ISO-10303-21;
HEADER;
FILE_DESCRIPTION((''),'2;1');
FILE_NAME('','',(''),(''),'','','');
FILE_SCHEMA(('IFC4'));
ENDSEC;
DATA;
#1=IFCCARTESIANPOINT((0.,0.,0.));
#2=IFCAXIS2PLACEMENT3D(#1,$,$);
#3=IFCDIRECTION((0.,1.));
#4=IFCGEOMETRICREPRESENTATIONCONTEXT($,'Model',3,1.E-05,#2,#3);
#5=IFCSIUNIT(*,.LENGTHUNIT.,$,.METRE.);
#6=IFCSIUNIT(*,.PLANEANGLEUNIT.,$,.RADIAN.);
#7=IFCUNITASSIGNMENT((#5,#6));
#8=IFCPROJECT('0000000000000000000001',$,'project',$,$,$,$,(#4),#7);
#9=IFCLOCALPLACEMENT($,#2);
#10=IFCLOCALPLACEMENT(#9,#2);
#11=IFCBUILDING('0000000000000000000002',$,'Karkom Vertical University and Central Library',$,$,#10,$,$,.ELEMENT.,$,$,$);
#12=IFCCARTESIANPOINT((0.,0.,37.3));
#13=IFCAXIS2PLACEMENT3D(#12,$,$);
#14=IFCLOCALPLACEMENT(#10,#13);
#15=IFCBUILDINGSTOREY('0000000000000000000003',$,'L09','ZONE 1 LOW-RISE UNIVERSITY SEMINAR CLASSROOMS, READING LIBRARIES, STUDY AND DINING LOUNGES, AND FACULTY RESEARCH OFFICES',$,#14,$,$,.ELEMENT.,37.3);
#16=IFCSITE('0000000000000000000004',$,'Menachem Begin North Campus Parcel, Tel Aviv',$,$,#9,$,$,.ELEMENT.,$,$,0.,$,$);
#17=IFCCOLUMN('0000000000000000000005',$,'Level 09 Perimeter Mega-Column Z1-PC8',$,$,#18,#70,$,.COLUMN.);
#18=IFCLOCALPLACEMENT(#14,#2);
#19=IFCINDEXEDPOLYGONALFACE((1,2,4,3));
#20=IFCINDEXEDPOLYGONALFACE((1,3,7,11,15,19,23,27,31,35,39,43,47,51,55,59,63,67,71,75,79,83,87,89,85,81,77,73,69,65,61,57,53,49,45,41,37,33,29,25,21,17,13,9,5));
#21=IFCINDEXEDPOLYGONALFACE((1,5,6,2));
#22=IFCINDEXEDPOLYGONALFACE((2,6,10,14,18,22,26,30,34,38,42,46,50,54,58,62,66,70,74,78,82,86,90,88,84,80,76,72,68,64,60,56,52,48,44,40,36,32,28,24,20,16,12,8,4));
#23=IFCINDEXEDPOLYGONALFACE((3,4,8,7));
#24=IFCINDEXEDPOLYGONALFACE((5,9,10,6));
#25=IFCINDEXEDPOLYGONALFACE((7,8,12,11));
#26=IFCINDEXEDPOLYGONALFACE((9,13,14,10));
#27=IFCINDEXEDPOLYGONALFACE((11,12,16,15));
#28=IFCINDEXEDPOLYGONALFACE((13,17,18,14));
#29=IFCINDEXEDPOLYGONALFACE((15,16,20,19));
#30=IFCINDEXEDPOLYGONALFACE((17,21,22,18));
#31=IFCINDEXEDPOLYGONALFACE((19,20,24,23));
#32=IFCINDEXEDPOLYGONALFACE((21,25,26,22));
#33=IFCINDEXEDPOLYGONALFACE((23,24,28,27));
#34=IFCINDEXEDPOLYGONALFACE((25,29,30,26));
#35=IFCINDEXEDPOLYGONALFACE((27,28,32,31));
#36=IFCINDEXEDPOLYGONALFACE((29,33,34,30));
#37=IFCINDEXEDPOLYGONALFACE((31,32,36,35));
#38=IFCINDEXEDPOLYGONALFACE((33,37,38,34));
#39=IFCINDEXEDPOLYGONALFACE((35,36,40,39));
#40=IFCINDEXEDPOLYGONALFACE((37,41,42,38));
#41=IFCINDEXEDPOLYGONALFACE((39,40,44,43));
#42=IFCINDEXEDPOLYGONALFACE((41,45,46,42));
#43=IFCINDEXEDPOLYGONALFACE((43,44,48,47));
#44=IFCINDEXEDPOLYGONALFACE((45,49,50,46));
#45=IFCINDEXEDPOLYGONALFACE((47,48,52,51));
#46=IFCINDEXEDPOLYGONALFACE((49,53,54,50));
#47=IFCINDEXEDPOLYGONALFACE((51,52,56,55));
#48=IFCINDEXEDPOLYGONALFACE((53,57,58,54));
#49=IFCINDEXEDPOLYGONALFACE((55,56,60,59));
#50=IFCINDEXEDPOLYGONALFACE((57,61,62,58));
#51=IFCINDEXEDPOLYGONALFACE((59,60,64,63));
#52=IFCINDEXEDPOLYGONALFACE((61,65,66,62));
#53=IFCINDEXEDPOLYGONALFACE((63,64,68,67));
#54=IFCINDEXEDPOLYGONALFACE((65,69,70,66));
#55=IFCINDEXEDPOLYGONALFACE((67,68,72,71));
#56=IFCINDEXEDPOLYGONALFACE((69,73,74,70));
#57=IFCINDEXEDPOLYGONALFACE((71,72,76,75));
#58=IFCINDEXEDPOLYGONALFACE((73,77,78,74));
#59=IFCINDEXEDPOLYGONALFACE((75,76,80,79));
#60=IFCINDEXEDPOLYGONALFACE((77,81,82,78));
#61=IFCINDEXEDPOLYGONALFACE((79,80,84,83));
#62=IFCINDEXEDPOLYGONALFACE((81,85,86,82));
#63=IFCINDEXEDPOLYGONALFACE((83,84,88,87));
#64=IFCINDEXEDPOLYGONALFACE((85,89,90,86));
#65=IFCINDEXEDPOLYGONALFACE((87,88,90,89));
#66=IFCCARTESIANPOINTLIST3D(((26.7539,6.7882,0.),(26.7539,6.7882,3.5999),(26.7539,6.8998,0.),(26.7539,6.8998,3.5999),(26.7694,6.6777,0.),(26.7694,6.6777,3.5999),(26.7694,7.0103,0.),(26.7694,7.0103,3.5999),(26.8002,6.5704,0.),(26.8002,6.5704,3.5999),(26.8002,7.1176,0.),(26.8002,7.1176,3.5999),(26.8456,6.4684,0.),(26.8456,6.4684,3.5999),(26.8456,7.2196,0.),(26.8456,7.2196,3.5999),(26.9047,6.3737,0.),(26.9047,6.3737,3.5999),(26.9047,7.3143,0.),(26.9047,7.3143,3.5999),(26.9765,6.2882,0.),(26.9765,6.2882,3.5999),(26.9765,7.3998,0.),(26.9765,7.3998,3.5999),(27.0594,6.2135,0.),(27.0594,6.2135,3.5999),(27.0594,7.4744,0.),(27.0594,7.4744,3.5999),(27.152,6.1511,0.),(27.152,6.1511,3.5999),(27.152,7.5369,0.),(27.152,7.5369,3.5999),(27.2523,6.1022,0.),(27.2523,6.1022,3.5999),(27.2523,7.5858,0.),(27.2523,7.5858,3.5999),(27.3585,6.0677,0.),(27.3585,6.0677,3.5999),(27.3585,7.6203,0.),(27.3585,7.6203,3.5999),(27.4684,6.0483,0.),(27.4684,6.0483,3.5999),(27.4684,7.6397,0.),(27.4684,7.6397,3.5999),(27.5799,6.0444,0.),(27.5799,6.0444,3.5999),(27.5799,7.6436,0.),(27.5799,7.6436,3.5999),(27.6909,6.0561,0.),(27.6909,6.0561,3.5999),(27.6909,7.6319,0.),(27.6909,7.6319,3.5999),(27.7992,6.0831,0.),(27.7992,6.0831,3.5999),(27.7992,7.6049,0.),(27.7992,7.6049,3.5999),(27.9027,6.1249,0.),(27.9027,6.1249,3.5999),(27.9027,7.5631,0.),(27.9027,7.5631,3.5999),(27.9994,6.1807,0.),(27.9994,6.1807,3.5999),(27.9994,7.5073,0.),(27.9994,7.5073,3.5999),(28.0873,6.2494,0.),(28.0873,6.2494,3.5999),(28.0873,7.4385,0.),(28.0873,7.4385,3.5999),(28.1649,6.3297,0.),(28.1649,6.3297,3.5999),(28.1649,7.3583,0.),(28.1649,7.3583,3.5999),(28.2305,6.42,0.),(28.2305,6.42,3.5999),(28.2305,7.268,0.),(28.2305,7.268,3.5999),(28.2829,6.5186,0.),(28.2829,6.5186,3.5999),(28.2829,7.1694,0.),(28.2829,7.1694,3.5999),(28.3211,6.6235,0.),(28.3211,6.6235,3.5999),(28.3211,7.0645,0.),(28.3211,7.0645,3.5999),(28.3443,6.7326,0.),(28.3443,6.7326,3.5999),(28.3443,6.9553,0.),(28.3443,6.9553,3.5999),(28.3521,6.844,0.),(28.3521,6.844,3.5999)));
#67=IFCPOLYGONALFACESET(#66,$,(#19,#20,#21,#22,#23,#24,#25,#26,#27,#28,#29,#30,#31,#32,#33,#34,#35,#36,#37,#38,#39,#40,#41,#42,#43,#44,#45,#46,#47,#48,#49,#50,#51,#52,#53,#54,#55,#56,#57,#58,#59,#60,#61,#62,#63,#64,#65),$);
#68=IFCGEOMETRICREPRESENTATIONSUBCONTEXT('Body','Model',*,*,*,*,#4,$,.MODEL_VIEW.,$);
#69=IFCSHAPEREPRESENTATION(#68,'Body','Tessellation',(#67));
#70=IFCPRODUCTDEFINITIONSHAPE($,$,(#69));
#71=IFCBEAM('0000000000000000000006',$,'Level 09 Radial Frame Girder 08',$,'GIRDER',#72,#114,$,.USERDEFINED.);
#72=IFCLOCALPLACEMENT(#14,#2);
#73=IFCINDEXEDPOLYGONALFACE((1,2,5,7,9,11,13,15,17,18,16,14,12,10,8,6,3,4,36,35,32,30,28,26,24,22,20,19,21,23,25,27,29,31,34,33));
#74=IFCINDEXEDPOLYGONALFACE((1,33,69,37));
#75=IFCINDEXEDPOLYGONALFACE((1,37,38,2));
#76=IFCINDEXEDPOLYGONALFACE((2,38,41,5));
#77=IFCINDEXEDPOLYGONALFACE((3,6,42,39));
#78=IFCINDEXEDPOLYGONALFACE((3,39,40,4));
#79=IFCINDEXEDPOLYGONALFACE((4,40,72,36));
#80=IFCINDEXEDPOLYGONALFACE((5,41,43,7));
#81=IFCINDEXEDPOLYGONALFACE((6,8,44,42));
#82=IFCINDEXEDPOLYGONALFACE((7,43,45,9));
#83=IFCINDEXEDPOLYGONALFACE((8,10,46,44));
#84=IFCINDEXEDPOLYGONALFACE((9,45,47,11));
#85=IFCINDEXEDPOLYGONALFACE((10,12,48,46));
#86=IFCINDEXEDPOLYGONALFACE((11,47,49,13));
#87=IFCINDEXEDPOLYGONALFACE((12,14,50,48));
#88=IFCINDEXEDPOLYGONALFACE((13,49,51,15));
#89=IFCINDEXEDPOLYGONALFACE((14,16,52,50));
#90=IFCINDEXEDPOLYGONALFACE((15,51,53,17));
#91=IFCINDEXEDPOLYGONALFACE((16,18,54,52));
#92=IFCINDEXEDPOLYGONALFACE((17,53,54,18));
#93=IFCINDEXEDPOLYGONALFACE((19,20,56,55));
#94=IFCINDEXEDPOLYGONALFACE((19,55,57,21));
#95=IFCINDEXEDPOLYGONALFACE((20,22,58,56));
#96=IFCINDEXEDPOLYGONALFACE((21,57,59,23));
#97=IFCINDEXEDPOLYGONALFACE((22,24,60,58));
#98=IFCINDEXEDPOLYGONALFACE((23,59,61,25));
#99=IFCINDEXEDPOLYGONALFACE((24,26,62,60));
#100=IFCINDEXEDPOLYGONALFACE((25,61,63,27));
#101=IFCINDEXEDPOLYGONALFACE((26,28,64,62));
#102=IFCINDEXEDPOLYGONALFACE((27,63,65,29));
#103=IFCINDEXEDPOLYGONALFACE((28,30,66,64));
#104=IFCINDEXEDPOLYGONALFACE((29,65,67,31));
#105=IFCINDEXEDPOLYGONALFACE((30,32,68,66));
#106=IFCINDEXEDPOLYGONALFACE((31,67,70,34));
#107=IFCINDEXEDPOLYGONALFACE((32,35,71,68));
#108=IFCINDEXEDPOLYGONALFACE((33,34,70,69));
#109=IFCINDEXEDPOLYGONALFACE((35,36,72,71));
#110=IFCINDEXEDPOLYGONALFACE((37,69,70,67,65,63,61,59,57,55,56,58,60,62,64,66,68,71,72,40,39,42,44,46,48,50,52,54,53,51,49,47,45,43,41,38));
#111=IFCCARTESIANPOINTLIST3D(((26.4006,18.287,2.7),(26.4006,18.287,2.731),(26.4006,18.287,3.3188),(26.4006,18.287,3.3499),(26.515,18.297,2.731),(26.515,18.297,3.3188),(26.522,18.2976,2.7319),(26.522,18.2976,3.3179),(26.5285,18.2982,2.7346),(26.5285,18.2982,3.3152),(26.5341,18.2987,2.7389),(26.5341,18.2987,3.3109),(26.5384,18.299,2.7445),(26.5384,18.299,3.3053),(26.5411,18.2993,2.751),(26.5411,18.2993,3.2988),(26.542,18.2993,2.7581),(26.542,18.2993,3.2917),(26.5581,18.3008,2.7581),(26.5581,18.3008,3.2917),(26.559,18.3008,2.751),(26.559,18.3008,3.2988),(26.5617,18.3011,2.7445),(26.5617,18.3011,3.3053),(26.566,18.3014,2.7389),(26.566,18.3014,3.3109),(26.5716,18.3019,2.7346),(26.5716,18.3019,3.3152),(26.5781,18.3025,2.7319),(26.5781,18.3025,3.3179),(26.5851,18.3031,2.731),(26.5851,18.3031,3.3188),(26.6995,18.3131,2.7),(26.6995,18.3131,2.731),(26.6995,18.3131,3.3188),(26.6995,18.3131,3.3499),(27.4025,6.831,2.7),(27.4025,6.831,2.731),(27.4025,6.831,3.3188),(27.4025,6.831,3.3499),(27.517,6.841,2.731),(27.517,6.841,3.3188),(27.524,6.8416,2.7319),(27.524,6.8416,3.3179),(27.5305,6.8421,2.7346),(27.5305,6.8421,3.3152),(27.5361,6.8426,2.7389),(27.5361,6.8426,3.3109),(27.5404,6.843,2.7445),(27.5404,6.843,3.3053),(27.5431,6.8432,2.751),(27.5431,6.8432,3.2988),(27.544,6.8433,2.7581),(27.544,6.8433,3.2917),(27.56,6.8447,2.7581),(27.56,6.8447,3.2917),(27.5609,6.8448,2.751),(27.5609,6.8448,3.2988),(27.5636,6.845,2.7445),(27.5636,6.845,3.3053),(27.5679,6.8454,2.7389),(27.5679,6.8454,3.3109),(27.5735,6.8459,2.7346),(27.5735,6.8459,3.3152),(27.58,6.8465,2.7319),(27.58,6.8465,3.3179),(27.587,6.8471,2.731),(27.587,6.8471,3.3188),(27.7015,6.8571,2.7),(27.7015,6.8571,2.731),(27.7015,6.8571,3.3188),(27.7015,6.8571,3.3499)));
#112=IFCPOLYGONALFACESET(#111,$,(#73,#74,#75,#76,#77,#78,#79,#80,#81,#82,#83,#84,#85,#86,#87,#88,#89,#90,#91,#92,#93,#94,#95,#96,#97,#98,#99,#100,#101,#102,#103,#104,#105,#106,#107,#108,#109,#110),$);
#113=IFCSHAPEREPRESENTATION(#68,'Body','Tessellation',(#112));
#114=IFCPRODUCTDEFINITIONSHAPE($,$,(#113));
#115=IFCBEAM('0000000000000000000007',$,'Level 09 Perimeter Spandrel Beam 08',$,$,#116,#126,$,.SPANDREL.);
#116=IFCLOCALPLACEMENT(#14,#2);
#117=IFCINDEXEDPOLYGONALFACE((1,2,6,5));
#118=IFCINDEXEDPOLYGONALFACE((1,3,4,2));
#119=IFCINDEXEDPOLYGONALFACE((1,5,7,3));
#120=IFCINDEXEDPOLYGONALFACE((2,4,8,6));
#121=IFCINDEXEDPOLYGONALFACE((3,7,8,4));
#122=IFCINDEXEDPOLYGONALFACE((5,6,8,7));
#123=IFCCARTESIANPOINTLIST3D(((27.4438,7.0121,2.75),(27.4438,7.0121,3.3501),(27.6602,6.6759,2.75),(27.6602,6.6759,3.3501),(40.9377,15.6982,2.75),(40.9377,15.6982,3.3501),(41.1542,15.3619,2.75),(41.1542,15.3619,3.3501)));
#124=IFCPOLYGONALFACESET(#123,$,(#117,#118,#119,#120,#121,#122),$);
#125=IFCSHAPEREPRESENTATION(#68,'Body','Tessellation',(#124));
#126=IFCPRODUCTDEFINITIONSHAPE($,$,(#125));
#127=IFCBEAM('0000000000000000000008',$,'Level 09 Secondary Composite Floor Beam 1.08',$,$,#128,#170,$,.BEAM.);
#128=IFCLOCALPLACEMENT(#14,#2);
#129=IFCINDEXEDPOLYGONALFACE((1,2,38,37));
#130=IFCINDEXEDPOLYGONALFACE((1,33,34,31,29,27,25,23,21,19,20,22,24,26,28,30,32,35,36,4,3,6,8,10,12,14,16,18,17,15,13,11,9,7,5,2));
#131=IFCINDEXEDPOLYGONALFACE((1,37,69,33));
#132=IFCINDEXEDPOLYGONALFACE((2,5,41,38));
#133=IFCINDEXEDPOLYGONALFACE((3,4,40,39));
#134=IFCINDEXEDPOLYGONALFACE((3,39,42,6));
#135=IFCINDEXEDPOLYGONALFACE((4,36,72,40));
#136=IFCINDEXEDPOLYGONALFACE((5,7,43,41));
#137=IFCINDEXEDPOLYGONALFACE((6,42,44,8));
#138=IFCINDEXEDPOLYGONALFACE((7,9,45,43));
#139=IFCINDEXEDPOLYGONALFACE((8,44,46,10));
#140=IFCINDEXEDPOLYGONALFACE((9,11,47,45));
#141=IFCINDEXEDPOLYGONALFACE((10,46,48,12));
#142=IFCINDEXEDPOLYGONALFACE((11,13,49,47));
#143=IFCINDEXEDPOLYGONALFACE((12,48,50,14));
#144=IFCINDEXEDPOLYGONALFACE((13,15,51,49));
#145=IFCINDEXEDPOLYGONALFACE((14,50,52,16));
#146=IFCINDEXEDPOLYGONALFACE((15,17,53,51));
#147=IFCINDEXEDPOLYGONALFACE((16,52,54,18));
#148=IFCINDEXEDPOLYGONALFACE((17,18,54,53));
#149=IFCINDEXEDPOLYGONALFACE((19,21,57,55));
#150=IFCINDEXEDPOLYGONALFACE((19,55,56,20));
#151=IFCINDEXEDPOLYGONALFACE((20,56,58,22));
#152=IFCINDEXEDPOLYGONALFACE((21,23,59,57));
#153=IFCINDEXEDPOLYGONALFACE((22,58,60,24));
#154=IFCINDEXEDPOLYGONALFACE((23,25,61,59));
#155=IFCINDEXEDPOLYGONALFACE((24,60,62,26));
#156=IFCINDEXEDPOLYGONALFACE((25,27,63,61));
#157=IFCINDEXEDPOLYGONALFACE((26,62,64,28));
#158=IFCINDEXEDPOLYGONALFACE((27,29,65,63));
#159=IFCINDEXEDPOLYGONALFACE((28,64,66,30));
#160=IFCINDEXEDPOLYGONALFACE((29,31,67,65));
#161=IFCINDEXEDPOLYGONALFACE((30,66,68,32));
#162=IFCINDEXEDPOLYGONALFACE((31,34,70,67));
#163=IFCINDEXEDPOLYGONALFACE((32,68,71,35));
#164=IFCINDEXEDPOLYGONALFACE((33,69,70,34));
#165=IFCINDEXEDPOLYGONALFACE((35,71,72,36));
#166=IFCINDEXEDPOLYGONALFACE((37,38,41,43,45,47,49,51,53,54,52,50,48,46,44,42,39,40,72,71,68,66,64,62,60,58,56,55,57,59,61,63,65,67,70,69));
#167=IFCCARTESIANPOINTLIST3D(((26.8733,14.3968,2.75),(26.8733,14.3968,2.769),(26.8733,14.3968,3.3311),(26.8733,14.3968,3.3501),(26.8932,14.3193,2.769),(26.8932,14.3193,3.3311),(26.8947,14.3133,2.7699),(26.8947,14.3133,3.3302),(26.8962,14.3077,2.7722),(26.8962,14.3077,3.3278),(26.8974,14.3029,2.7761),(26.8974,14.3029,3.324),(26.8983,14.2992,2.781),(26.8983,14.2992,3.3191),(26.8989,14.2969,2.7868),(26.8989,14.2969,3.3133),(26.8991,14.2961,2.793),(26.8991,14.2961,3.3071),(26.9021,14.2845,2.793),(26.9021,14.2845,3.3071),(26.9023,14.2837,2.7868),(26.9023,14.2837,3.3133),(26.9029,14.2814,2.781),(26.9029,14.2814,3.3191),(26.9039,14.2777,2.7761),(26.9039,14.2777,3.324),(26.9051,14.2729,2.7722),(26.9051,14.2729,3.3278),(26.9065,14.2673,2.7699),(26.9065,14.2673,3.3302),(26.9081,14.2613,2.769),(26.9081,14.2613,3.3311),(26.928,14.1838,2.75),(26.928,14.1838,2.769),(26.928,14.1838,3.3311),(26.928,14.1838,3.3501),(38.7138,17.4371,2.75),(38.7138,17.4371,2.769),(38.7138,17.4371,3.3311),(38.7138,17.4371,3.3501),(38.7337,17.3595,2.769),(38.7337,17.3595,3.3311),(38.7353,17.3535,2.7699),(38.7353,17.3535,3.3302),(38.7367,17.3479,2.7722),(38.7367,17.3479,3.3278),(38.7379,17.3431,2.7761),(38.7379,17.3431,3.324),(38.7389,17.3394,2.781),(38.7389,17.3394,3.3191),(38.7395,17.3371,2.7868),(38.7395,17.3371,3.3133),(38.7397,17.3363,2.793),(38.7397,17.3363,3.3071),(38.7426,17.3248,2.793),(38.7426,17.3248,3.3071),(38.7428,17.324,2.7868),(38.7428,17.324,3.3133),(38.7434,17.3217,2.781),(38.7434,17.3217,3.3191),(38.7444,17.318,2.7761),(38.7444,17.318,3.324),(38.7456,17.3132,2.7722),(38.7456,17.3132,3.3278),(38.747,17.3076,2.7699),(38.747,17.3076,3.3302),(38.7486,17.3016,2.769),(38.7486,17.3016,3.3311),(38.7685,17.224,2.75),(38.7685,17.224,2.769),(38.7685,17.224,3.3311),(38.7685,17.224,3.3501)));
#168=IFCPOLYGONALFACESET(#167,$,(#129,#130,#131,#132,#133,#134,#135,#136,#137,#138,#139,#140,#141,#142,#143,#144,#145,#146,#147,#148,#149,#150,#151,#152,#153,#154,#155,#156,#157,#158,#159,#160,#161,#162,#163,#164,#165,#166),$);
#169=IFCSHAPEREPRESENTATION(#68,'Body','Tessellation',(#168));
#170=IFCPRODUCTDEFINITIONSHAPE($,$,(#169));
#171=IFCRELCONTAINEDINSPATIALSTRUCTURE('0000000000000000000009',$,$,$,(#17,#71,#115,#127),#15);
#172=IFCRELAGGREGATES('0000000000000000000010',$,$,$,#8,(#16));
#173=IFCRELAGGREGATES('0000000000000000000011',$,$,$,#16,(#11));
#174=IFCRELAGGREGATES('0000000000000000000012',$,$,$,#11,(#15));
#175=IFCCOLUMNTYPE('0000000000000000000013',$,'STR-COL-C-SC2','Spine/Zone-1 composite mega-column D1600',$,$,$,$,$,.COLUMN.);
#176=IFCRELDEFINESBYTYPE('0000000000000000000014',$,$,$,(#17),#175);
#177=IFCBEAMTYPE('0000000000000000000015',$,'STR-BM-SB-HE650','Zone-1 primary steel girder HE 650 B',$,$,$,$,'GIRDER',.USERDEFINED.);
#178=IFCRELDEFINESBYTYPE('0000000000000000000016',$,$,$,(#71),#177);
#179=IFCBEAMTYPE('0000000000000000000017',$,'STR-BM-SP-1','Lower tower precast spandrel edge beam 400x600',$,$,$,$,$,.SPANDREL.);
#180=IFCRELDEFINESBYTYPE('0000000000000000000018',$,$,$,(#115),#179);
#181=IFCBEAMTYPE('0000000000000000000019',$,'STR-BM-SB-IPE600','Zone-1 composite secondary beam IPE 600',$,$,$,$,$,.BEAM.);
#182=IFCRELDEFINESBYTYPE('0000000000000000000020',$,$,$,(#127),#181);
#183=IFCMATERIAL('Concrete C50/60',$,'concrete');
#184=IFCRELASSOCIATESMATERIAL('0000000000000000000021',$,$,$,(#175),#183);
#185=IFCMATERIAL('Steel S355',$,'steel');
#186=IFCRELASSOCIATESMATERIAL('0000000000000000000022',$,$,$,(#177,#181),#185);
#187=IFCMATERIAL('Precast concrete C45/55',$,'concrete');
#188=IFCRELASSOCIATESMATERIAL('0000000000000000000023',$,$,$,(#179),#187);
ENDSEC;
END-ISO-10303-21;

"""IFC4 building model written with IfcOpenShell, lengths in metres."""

from ifc_helpers import new_model, si_unit, direction, frame, origin, origin_with_axes, origin_2d, place, context, subcontext, project, spatial, rectangle, circle, i_section, extrude, source, transform, mapped, material, material_profile, profile_set, type_object, element, save


model = new_model("IFC4")

# Units and contexts
model_context = context("Model", 3, precision=1e-05, world=origin(), true_north=direction((0.0, 1.0)))
body_context = subcontext(model_context, "Body", "Model", "MODEL_VIEW")
ifc_project = project(units=[si_unit("LENGTHUNIT", "METRE"), si_unit("PLANEANGLEUNIT", "RADIAN")], contexts=[model_context])

# Site, building, storey
site_placement = place(None, origin())
site = spatial("IfcSite", under=ifc_project, at=site_placement, Name="Menachem Begin North Campus Parcel, Tel Aviv", CompositionType="ELEMENT", RefElevation=0.0)
building_placement = place(site_placement, origin())
building = spatial("IfcBuilding", under=site, at=building_placement, Name="Karkom Vertical University and Central Library", CompositionType="ELEMENT")
storey_placement = place(building_placement, frame((0.0, 0.0, 37.3)))
storey = spatial("IfcBuildingStorey", under=building, at=storey_placement, Name="L09", Description="ZONE 1 LOW-RISE UNIVERSITY SEMINAR CLASSROOMS, READING LIBRARIES, STUDY AND DINING LOUNGES, AND FACULTY RESEARCH OFFICES", CompositionType="ELEMENT", Elevation=37.3)

# Column
ifc_material_1 = material(Name="Concrete C50/60", Category="concrete")
ifc_material_profile_1 = material_profile(ifc_material_1, circle(Radius=0.8, at=origin_2d()), Name="CFT-D1600")
ifc_profile_set_1 = profile_set([ifc_material_profile_1], Name="Concrete C50/60")
column_type = type_object("IfcColumnType", Name="STR-COL-C-SC2", Description="Spine/Zone-1 composite mega-column D1600", PredefinedType="COLUMN", material=ifc_profile_set_1)
shared_shape_1 = source(origin_with_axes(), body_context, "Body", "SweptSolid", [
    extrude(circle(Radius=0.8, at=origin_2d()), origin(), (0.0, 0.0, 1.0), 3.5999),
])
column_placement = place(storey_placement, frame((27.552, 6.844, 0.0), z_axis=(0.0, 0.0, 1.0), x_axis=(1.0, 0.0, 0.0)))
element("IfcColumn", 1, at=column_placement, inside=storey, type_object=column_type, Name="Level 09 Perimeter Mega-Column Z1-PC8", PredefinedType="COLUMN", context=body_context, shape_type="MappedRepresentation", body=[
    mapped(shared_shape_1, transform((0.0, 0.0, 0.0), scale=1.0)),
])

# Beams
ifc_material_2 = material(Name="Steel S355", Category="steel")
ifc_material_profile_2 = material_profile(ifc_material_2, i_section(OverallWidth=0.3, OverallDepth=0.6499, WebThickness=0.0161, FlangeThickness=0.031, FilletRadius=0.0271, at=origin_2d()), Name="HE 650 B")
ifc_profile_set_2 = profile_set([ifc_material_profile_2], Name="Steel S355")
beam_type_1 = type_object("IfcBeamType", Name="STR-BM-SB-HE650", Description="Zone-1 primary steel girder HE 650 B", ElementType="GIRDER", PredefinedType="USERDEFINED", material=ifc_profile_set_2)
shared_shape_2 = source(origin_with_axes(), body_context, "Body", "SweptSolid", [
    extrude(i_section(OverallWidth=0.3, OverallDepth=0.6499, WebThickness=0.0161, FlangeThickness=0.031, FilletRadius=0.0271, at=origin_2d()), origin(), (0.0, 0.0, 1.0), 11.4998),
])
beam_1_placement = place(storey_placement, frame((26.55, 18.3, 3.0249), z_axis=(0.087128, -0.996197, 0.0), x_axis=(0.996197, 0.087128, 0.0)))
element("IfcBeam", 2, at=beam_1_placement, inside=storey, type_object=beam_type_1, Name="Level 09 Radial Frame Girder 08", ObjectType="GIRDER", PredefinedType="USERDEFINED", context=body_context, shape_type="MappedRepresentation", body=[
    mapped(shared_shape_2, transform((0.0, 0.0, 0.0), scale=1.0)),
])
ifc_material_3 = material(Name="Precast concrete C45/55", Category="concrete")
ifc_material_profile_3 = material_profile(ifc_material_3, rectangle(XDim=0.3999, YDim=0.6001, at=origin_2d()), Name="SPB-400x600")
ifc_profile_set_3 = profile_set([ifc_material_profile_3], Name="Precast concrete C45/55")
beam_type_2 = type_object("IfcBeamType", Name="STR-BM-SP-1", Description="Lower tower precast spandrel edge beam 400x600", PredefinedType="SPANDREL", material=ifc_profile_set_3)
shared_shape_3 = source(origin_with_axes(), body_context, "Body", "SweptSolid", [
    extrude(rectangle(XDim=0.3999, YDim=0.6001, at=origin_2d()), origin(), (0.0, 0.0, 1.0), 16.0479),
])
beam_2_placement = place(storey_placement, frame((27.552, 6.844, 3.05), z_axis=(0.840856, 0.54126, 0.0), x_axis=(-0.54126, 0.840856, 0.0)))
element("IfcBeam", 3, at=beam_2_placement, inside=storey, type_object=beam_type_2, Name="Level 09 Perimeter Spandrel Beam 08", PredefinedType="SPANDREL", context=body_context, shape_type="MappedRepresentation", body=[
    mapped(shared_shape_3, transform((0.0, 0.0, 0.0), scale=1.0)),
])
ifc_material_profile_4 = material_profile(ifc_material_2, i_section(OverallWidth=0.22, OverallDepth=0.6001, WebThickness=0.012, FlangeThickness=0.019, FilletRadius=0.0239, at=origin_2d()), Name="IPE 600")
ifc_profile_set_4 = profile_set([ifc_material_profile_4], Name="Steel S355")
beam_type_3 = type_object("IfcBeamType", Name="STR-BM-SB-IPE600", Description="Zone-1 composite secondary beam IPE 600", PredefinedType="BEAM", material=ifc_profile_set_4)
shared_shape_4 = source(origin_with_axes(), body_context, "Body", "SweptSolid", [
    extrude(i_section(OverallWidth=0.22, OverallDepth=0.6001, WebThickness=0.012, FlangeThickness=0.019, FilletRadius=0.0239, at=origin_2d()), origin(), (0.0, 0.0, 1.0), 12.2246),
])
beam_3_placement = place(storey_placement, frame((26.9006, 14.2903, 3.05), z_axis=(0.96858, 0.248701, 0.0), x_axis=(-0.248701, 0.96858, 0.0)))
element("IfcBeam", 4, at=beam_3_placement, inside=storey, type_object=beam_type_3, Name="Level 09 Secondary Composite Floor Beam 1.08", PredefinedType="BEAM", context=body_context, shape_type="MappedRepresentation", body=[
    mapped(shared_shape_4, transform((0.0, 0.0, 0.0), scale=1.0)),
])

save(model, "model.ifc")
